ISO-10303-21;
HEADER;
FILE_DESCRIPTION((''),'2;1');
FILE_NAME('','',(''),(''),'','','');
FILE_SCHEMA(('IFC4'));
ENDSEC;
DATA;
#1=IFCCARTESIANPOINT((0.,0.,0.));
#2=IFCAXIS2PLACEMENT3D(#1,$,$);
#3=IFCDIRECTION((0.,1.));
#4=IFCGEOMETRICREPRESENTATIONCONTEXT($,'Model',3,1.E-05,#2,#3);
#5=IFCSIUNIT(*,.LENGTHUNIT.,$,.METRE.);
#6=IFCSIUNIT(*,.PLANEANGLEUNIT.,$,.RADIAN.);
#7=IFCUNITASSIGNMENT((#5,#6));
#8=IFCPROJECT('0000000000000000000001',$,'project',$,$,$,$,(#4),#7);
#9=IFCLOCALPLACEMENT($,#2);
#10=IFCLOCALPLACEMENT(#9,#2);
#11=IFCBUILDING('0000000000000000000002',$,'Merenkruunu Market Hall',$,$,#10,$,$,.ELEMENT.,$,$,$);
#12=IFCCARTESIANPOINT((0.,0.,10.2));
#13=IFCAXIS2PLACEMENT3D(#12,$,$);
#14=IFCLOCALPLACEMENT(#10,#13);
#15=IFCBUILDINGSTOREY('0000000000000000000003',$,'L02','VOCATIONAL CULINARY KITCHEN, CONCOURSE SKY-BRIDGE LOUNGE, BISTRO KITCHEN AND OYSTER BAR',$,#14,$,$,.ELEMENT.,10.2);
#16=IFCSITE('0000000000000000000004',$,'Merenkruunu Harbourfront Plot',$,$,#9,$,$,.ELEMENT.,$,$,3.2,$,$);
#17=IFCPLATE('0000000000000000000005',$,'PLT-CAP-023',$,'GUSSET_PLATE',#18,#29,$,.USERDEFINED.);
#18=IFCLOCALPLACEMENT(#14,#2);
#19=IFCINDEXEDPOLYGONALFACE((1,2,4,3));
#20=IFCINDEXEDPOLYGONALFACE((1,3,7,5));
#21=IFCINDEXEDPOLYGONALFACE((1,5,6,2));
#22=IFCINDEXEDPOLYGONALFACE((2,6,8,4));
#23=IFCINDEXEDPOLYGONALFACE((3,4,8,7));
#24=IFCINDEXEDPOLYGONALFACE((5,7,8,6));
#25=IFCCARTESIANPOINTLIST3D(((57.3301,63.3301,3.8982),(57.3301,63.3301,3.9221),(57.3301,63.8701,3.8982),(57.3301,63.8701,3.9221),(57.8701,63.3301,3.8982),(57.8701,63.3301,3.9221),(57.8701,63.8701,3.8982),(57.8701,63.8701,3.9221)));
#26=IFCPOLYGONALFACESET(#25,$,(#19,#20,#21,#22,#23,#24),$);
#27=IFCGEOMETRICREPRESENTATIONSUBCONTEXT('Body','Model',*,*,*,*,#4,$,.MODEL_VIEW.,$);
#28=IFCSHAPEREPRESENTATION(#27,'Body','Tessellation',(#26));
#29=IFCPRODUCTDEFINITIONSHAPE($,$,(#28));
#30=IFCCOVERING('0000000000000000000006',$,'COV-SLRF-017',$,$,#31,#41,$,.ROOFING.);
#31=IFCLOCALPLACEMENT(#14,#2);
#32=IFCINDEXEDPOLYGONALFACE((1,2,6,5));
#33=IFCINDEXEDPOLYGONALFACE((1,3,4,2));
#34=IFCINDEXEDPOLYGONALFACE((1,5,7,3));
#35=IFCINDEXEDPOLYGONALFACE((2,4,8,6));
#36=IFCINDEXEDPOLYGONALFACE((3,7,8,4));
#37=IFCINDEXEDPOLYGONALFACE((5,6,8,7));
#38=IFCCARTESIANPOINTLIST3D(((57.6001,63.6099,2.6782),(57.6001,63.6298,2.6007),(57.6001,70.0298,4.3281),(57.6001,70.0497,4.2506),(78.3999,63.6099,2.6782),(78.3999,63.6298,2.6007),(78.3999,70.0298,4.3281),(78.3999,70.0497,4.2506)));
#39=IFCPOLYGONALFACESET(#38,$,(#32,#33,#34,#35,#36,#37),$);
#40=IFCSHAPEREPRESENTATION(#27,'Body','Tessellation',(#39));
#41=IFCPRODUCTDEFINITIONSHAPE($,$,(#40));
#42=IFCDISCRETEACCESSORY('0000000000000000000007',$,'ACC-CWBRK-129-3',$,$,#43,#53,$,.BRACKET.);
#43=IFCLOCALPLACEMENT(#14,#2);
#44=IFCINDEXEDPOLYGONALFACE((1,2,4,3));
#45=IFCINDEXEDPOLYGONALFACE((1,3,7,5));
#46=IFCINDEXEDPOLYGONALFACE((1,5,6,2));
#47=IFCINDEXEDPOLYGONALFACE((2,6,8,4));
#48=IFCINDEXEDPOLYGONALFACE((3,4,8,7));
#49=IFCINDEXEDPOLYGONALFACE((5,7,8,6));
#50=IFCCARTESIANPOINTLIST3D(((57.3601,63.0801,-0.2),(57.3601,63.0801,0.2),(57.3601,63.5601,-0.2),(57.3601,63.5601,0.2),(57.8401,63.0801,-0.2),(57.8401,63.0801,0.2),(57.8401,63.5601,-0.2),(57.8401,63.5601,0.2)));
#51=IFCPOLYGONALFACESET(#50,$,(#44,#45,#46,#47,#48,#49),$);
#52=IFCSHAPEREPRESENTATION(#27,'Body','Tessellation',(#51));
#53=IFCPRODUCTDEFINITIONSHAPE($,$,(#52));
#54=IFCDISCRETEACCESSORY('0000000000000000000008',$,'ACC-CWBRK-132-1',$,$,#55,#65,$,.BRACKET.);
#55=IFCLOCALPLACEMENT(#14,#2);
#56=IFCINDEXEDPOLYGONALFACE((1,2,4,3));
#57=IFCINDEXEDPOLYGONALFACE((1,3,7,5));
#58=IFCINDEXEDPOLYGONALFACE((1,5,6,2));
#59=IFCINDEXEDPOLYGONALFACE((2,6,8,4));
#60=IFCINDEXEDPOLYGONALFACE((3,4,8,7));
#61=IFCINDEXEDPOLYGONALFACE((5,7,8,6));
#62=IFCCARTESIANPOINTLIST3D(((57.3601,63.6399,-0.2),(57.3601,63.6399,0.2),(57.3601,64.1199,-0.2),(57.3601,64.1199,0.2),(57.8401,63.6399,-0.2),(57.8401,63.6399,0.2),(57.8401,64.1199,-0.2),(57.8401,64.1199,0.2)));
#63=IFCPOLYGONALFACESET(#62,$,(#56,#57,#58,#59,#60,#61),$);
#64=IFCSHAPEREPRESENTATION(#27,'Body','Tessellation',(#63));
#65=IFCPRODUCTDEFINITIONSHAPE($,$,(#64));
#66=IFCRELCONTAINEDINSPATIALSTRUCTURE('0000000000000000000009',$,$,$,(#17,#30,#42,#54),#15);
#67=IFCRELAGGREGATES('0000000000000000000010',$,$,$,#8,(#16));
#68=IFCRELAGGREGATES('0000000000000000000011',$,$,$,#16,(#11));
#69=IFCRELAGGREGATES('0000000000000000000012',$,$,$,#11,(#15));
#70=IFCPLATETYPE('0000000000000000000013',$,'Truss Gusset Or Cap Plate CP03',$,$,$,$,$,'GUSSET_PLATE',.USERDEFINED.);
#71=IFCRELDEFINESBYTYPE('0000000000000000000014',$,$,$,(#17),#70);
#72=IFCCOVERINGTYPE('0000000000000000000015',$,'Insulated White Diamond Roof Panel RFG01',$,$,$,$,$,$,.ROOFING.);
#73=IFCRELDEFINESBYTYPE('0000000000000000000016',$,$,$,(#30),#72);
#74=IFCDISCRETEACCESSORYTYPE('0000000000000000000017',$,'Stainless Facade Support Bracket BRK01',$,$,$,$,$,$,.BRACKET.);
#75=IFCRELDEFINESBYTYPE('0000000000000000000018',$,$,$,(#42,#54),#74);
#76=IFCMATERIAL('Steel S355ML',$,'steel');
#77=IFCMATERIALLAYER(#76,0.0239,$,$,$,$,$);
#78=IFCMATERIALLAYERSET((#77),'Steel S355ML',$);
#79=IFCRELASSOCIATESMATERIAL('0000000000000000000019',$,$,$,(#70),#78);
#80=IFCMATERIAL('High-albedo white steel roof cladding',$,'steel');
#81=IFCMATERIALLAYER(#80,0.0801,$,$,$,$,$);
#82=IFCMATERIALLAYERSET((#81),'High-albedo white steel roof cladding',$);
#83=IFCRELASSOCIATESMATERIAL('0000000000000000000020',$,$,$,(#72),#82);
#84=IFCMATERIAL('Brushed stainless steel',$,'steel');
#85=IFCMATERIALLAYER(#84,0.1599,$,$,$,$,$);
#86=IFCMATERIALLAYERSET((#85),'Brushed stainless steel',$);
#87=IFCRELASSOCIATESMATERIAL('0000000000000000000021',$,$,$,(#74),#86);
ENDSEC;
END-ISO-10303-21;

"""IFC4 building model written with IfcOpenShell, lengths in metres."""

from ifc_helpers import new_model, si_unit, direction, frame, origin, origin_2d, place, context, subcontext, project, spatial, polyline, rectangle, outline, extrude, material, layer, layer_set, type_object, element, save


model = new_model("IFC4")

# Units and contexts
model_context = context("Model", 3, precision=1e-05, world=origin(), true_north=direction((0.0, 1.0)))
body_context = subcontext(model_context, "Body", "Model", "MODEL_VIEW")
ifc_project = project(units=[si_unit("LENGTHUNIT", "METRE"), si_unit("PLANEANGLEUNIT", "RADIAN")], contexts=[model_context])

# Site, building, storey
site_placement = place(None, origin())
site = spatial("IfcSite", under=ifc_project, at=site_placement, Name="Merenkruunu Harbourfront Plot", CompositionType="ELEMENT", RefElevation=3.2)
building_placement = place(site_placement, origin())
building = spatial("IfcBuilding", under=site, at=building_placement, Name="Merenkruunu Market Hall", CompositionType="ELEMENT")
storey_placement = place(building_placement, frame((0.0, 0.0, 10.2)))
storey = spatial("IfcBuildingStorey", under=building, at=storey_placement, Name="L02", Description="VOCATIONAL CULINARY KITCHEN, CONCOURSE SKY-BRIDGE LOUNGE, BISTRO KITCHEN AND OYSTER BAR", CompositionType="ELEMENT", Elevation=10.2)

# Shared definitions
ifc_material_1 = material(Name="Steel S355ML", Category="steel")

# Plate
ifc_layer_1 = layer(ifc_material_1, 0.0239)
ifc_layer_set_1 = layer_set([ifc_layer_1], Name="Steel S355ML")
plate_type_1 = type_object("IfcPlateType", Name="Truss Gusset Or Cap Plate CP03", ElementType="GUSSET_PLATE", PredefinedType="USERDEFINED", material=ifc_layer_set_1)
plate_1_placement = place(storey_placement, frame((57.6001, 63.6001, 3.8982), z_axis=(0.0, 0.0, 1.0), x_axis=(1.0, 0.0, 0.0)))
element("IfcPlate", 1, at=plate_1_placement, inside=storey, type_object=plate_type_1, Name="PLT-CAP-023", ObjectType="GUSSET_PLATE", PredefinedType="USERDEFINED", context=body_context, shape_type="SweptSolid", body=[
    extrude(rectangle(XDim=0.54, YDim=0.54, at=origin_2d()), origin(), (0.0, 0.0, 1.0), 0.0239),
])

# Covering
ifc_material_2 = material(Name="High-albedo white steel roof cladding", Category="steel")
ifc_layer_2 = layer(ifc_material_2, 0.0801)
ifc_layer_set_2 = layer_set([ifc_layer_2], Name="High-albedo white steel roof cladding")
covering_type = type_object("IfcCoveringType", Name="Insulated White Diamond Roof Panel RFG01", PredefinedType="ROOFING", material=ifc_layer_set_2)
covering_placement = place(storey_placement, frame((57.6001, 63.6099, 2.6782), z_axis=(0.0, -0.248909, 0.968527), x_axis=(1.0, 0.0, 0.0)))
element("IfcCovering", 2, at=covering_placement, inside=storey, type_object=covering_type, Name="COV-SLRF-017", PredefinedType="ROOFING", context=body_context, shape_type="SweptSolid", body=[
    extrude(outline(polyline([(0.0, 0.0), (20.7998, 0.0), (20.7998, 6.6285), (0.0, 6.6285), (0.0, 0.0)])), origin(), (0.0, 0.0, -1.0), 0.0801),
])

# Discrete accessories
ifc_material_3 = material(Name="Brushed stainless steel", Category="steel")
ifc_layer_3 = layer(ifc_material_3, 0.1599)
ifc_layer_set_3 = layer_set([ifc_layer_3], Name="Brushed stainless steel")
discrete_accessory_type = type_object("IfcDiscreteAccessoryType", Name="Stainless Facade Support Bracket BRK01", PredefinedType="BRACKET", material=ifc_layer_set_3)
for number, where, z_axis, x_axis, name in (
    (3, (57.6001, 63.3201, -0.2), (0.0, 0.0, 1.0), (1.0, 0.0, 0.0), "ACC-CWBRK-129-3"),
    (4, (57.6001, 63.8799, -0.2), (0.0, 0.0, 1.0), (1.0, 0.0, 0.0), "ACC-CWBRK-132-1"),
):
    element("IfcDiscreteAccessory", number, at=place(storey_placement, frame(where, z_axis=z_axis, x_axis=x_axis)), inside=storey, type_object=discrete_accessory_type, Name=name, PredefinedType="BRACKET", context=body_context, shape_type="SweptSolid", body=[
        extrude(rectangle(XDim=0.48, YDim=0.48, at=origin_2d()), origin(), (0.0, 0.0, 1.0), 0.3999),
    ])

save(model, "model.ifc")
